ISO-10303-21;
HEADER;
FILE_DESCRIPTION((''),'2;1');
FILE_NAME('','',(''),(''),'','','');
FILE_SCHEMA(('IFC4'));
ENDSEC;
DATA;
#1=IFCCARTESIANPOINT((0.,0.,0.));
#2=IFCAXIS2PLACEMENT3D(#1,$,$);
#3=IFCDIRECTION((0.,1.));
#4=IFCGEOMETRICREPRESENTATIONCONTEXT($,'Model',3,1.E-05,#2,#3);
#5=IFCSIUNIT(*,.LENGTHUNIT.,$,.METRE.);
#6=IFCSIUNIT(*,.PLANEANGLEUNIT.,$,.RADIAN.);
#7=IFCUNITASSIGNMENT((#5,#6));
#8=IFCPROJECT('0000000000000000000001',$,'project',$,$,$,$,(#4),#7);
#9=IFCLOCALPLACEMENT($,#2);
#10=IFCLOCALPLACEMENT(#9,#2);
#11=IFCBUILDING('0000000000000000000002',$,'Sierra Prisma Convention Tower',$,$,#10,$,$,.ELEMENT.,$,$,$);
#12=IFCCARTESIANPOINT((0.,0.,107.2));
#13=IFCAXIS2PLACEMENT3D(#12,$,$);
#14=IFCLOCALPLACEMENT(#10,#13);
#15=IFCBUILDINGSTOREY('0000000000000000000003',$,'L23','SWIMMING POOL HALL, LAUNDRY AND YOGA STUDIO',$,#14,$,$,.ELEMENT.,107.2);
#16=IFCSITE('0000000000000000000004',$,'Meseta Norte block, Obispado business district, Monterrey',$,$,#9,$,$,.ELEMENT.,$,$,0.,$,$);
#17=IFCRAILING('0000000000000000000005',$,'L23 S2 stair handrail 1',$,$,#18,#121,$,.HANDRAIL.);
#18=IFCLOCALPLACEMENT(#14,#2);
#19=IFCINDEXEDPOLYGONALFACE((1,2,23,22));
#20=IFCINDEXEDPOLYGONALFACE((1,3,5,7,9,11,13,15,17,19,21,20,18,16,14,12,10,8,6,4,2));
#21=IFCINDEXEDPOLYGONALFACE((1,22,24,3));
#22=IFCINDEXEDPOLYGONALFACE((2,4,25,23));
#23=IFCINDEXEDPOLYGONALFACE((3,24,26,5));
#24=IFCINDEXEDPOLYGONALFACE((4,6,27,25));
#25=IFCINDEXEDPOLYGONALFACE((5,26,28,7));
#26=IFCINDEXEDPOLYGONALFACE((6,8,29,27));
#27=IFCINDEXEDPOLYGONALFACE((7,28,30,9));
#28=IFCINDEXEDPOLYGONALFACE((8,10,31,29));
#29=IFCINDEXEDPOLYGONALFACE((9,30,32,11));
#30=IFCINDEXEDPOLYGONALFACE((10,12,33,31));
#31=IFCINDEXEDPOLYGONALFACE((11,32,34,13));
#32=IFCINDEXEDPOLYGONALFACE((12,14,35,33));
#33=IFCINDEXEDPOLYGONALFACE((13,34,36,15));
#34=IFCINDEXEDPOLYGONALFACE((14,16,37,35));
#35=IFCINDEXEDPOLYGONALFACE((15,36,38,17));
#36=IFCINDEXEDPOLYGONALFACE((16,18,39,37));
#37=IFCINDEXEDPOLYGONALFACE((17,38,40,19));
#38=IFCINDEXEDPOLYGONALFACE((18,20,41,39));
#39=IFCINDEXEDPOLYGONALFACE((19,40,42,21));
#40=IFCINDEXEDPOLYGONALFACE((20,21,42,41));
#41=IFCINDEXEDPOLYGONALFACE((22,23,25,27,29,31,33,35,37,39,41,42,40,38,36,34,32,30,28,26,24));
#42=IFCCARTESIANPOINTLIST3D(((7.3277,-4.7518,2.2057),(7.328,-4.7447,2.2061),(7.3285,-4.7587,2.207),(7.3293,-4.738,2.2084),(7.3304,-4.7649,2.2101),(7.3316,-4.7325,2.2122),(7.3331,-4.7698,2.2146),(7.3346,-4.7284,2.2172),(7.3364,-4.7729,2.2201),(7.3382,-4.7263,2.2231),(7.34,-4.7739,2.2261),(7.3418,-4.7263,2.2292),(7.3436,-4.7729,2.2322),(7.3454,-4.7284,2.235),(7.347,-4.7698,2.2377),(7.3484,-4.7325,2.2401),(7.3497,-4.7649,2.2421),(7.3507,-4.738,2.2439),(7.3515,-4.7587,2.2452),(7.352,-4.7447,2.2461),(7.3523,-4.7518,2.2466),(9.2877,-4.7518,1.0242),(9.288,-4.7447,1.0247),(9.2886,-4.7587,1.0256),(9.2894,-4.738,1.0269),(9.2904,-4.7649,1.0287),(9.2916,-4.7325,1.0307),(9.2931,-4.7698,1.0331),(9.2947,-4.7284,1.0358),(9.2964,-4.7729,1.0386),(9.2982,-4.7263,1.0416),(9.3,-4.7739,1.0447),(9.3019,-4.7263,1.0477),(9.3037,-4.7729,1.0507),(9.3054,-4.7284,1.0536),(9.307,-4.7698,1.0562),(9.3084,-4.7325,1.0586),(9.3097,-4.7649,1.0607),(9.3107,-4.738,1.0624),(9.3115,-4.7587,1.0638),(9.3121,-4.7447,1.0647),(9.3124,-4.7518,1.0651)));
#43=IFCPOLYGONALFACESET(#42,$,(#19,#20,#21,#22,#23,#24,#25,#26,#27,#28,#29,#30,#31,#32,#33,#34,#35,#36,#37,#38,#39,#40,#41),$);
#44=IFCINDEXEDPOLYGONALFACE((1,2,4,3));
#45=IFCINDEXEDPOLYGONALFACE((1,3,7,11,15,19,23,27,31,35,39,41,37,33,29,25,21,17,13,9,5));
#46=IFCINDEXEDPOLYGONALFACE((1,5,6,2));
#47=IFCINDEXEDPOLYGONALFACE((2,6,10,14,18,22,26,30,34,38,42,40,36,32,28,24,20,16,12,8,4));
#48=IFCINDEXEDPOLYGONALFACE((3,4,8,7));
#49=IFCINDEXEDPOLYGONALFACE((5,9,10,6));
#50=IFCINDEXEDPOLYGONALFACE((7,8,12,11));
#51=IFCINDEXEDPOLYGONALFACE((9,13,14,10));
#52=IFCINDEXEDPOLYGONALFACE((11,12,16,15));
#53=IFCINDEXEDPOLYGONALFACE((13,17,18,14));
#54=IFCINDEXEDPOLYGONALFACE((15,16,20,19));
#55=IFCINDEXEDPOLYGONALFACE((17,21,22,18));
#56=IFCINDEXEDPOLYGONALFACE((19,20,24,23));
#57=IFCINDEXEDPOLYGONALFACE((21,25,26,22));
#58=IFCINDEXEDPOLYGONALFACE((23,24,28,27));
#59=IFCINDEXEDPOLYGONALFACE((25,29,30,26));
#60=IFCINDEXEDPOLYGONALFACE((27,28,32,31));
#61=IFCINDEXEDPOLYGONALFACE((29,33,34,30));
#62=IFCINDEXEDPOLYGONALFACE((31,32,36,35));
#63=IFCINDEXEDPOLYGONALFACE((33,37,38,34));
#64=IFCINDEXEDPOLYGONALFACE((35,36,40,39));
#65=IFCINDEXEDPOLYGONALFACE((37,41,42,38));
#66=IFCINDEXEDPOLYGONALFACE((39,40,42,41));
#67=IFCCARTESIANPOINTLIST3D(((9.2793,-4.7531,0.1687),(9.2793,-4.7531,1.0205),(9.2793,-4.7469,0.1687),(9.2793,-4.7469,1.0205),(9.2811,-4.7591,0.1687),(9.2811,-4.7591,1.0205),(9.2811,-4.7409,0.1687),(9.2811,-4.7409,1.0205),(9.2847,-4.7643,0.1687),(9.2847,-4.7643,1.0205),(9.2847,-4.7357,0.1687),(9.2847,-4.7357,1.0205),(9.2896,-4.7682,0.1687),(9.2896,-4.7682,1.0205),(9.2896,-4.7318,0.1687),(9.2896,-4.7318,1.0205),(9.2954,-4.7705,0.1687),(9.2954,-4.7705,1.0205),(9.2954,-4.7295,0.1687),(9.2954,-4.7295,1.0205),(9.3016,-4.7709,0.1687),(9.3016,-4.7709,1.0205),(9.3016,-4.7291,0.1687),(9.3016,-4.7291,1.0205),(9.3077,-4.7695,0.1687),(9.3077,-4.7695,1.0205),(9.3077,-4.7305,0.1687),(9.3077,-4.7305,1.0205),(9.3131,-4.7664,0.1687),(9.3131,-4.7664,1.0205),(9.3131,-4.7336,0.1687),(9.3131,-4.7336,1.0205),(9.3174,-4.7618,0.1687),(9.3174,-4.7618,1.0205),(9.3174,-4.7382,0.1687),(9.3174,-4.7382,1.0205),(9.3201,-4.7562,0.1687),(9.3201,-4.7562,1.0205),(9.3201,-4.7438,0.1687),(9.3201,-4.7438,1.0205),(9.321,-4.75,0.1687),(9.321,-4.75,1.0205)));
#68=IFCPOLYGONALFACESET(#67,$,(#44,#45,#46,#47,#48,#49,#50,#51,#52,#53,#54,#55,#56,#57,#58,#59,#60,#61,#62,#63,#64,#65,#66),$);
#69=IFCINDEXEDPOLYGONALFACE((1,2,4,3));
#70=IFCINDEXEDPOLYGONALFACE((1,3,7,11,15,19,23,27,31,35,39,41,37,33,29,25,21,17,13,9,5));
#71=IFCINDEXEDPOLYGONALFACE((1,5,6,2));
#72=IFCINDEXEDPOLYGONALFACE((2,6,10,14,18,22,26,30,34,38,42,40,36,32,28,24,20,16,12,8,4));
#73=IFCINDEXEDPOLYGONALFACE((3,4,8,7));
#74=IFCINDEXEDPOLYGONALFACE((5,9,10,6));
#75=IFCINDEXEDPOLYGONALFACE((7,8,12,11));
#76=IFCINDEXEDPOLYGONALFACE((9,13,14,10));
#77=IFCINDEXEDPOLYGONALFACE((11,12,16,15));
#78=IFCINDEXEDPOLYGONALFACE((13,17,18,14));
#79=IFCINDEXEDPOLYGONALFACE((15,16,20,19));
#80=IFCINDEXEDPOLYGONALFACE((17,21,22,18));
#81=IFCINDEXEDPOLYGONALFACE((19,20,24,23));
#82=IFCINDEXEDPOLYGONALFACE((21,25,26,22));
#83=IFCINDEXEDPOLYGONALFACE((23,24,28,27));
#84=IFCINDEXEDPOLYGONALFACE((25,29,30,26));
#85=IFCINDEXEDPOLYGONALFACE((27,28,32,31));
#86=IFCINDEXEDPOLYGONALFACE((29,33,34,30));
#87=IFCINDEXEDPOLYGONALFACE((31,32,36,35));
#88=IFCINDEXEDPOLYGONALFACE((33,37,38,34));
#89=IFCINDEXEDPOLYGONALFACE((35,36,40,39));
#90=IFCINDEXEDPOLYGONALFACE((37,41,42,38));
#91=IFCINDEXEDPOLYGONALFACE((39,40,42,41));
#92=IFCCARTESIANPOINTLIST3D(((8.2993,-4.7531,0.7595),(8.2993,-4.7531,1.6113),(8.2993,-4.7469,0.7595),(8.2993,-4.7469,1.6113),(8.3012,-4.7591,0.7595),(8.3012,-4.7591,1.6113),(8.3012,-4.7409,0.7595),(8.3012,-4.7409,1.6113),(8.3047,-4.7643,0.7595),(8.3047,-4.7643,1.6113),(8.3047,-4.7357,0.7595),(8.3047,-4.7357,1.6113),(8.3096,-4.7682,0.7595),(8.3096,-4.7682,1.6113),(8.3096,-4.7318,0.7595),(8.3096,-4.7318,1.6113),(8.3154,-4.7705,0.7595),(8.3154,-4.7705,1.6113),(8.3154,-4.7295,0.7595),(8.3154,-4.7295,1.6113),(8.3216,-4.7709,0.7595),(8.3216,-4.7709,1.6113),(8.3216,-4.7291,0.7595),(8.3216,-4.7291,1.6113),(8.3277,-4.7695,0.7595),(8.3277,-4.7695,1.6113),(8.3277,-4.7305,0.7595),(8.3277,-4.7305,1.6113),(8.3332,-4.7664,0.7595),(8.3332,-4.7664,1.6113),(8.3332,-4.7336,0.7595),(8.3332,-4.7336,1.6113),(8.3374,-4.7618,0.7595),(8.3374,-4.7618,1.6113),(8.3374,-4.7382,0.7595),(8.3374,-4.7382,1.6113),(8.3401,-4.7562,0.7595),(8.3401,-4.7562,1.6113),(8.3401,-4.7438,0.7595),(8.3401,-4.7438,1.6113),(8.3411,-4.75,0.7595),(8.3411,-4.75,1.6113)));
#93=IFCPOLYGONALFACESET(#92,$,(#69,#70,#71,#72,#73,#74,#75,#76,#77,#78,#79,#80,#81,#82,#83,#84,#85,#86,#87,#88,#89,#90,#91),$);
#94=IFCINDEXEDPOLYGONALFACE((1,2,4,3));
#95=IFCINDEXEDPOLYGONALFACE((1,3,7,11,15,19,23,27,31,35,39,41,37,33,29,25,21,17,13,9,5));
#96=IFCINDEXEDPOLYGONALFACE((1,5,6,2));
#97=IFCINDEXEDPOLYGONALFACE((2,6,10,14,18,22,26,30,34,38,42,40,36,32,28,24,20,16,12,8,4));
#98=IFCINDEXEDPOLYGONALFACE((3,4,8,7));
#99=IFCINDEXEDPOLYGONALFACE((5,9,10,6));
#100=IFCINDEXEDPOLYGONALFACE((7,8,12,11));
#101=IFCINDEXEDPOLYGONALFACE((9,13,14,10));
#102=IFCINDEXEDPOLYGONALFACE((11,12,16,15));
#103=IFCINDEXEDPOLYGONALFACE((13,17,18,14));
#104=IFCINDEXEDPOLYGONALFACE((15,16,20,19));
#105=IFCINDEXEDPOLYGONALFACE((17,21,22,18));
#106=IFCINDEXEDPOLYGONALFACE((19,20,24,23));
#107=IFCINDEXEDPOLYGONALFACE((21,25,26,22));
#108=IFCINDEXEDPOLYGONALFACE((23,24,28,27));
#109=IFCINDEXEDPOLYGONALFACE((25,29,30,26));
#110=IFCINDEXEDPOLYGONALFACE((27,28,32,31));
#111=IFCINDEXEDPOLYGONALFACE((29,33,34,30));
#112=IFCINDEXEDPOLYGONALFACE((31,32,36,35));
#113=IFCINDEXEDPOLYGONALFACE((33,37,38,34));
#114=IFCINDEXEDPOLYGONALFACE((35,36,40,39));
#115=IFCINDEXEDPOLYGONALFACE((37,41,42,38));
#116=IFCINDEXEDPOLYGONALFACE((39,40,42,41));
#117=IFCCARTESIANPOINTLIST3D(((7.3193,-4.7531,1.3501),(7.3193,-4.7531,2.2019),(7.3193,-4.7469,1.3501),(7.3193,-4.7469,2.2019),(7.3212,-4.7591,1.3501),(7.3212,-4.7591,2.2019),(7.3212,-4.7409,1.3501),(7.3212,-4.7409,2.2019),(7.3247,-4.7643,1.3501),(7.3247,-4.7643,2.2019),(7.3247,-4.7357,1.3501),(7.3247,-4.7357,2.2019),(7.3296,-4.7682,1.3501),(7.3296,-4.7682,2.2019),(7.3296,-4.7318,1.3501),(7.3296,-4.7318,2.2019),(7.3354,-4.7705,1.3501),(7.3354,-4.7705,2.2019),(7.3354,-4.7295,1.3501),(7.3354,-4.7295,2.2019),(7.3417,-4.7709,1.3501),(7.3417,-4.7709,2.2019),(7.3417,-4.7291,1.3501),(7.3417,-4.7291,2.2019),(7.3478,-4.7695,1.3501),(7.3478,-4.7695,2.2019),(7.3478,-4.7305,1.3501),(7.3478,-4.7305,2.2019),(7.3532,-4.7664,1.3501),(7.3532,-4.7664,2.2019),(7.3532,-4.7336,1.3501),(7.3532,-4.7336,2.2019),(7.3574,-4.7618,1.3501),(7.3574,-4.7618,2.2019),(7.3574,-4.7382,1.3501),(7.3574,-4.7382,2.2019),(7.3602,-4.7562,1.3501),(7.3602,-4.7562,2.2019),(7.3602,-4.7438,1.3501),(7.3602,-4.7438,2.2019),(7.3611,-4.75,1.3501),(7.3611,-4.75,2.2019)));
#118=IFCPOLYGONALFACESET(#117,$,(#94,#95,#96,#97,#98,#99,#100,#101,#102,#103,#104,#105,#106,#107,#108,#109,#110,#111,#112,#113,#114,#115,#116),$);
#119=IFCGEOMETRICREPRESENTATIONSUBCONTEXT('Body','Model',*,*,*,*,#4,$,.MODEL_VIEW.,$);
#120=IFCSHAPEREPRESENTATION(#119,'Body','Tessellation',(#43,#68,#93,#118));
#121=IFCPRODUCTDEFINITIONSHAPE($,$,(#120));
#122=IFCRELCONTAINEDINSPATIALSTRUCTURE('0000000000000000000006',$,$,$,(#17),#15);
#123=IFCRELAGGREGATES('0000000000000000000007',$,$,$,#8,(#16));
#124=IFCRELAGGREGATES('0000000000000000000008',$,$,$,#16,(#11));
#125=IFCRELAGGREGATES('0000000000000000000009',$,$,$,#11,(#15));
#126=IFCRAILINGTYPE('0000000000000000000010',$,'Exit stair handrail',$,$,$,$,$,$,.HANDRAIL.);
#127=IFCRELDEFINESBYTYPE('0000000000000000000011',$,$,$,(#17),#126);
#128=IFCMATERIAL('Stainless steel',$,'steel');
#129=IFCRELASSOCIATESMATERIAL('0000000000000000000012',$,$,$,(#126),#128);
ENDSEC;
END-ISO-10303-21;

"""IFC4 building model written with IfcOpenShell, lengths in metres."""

from ifc_helpers import new_model, si_unit, direction, frame, origin, origin_2d, place, context, subcontext, project, spatial, circle, extrude, material, type_object, element, save


model = new_model("IFC4")

# Units and contexts
model_context = context("Model", 3, precision=1e-05, world=origin(), true_north=direction((0.0, 1.0)))
body_context = subcontext(model_context, "Body", "Model", "MODEL_VIEW")
ifc_project = project(units=[si_unit("LENGTHUNIT", "METRE"), si_unit("PLANEANGLEUNIT", "RADIAN")], contexts=[model_context])

# Site, building, storey
site_placement = place(None, origin())
site = spatial("IfcSite", under=ifc_project, at=site_placement, Name="Meseta Norte block, Obispado business district, Monterrey", CompositionType="ELEMENT", RefElevation=0.0)
building_placement = place(site_placement, origin())
building = spatial("IfcBuilding", under=site, at=building_placement, Name="Sierra Prisma Convention Tower", CompositionType="ELEMENT")
storey_placement = place(building_placement, frame((0.0, 0.0, 107.2)))
storey = spatial("IfcBuildingStorey", under=building, at=storey_placement, Name="L23", Description="SWIMMING POOL HALL, LAUNDRY AND YOGA STUDIO", CompositionType="ELEMENT", Elevation=107.2)

# Railing
ifc_material_1 = material(Name="Stainless steel", Category="steel")
railing_type_1 = type_object("IfcRailingType", Name="Exit stair handrail", PredefinedType="HANDRAIL", material=ifc_material_1)
railing_1_placement = place(storey_placement, frame((9.3, -4.75, 0.1687)))
element("IfcRailing", 1, at=railing_1_placement, inside=storey, type_object=railing_type_1, Name="L23 S2 stair handrail 1", PredefinedType="HANDRAIL", context=body_context, shape_type="SweptSolid", body=[
    extrude(circle(Radius=0.0239, at=origin_2d()), frame((0.0, 0.0, 0.876), z_axis=(-0.856446, 0.0, 0.516236), x_axis=(0.0, -1.0, 0.0)), (0.0, 0.0, 1.0), 2.2886),
    extrude(circle(Radius=0.021, at=origin_2d()), origin(), (0.0, 0.0, 1.0), 0.8518),
    extrude(circle(Radius=0.021, at=origin_2d()), frame((-0.98, 0.0, 0.5908)), (0.0, 0.0, 1.0), 0.8518),
    extrude(circle(Radius=0.021, at=origin_2d()), frame((-1.96, 0.0, 1.1814)), (0.0, 0.0, 1.0), 0.8518),
])

save(model, "model.ifc")
